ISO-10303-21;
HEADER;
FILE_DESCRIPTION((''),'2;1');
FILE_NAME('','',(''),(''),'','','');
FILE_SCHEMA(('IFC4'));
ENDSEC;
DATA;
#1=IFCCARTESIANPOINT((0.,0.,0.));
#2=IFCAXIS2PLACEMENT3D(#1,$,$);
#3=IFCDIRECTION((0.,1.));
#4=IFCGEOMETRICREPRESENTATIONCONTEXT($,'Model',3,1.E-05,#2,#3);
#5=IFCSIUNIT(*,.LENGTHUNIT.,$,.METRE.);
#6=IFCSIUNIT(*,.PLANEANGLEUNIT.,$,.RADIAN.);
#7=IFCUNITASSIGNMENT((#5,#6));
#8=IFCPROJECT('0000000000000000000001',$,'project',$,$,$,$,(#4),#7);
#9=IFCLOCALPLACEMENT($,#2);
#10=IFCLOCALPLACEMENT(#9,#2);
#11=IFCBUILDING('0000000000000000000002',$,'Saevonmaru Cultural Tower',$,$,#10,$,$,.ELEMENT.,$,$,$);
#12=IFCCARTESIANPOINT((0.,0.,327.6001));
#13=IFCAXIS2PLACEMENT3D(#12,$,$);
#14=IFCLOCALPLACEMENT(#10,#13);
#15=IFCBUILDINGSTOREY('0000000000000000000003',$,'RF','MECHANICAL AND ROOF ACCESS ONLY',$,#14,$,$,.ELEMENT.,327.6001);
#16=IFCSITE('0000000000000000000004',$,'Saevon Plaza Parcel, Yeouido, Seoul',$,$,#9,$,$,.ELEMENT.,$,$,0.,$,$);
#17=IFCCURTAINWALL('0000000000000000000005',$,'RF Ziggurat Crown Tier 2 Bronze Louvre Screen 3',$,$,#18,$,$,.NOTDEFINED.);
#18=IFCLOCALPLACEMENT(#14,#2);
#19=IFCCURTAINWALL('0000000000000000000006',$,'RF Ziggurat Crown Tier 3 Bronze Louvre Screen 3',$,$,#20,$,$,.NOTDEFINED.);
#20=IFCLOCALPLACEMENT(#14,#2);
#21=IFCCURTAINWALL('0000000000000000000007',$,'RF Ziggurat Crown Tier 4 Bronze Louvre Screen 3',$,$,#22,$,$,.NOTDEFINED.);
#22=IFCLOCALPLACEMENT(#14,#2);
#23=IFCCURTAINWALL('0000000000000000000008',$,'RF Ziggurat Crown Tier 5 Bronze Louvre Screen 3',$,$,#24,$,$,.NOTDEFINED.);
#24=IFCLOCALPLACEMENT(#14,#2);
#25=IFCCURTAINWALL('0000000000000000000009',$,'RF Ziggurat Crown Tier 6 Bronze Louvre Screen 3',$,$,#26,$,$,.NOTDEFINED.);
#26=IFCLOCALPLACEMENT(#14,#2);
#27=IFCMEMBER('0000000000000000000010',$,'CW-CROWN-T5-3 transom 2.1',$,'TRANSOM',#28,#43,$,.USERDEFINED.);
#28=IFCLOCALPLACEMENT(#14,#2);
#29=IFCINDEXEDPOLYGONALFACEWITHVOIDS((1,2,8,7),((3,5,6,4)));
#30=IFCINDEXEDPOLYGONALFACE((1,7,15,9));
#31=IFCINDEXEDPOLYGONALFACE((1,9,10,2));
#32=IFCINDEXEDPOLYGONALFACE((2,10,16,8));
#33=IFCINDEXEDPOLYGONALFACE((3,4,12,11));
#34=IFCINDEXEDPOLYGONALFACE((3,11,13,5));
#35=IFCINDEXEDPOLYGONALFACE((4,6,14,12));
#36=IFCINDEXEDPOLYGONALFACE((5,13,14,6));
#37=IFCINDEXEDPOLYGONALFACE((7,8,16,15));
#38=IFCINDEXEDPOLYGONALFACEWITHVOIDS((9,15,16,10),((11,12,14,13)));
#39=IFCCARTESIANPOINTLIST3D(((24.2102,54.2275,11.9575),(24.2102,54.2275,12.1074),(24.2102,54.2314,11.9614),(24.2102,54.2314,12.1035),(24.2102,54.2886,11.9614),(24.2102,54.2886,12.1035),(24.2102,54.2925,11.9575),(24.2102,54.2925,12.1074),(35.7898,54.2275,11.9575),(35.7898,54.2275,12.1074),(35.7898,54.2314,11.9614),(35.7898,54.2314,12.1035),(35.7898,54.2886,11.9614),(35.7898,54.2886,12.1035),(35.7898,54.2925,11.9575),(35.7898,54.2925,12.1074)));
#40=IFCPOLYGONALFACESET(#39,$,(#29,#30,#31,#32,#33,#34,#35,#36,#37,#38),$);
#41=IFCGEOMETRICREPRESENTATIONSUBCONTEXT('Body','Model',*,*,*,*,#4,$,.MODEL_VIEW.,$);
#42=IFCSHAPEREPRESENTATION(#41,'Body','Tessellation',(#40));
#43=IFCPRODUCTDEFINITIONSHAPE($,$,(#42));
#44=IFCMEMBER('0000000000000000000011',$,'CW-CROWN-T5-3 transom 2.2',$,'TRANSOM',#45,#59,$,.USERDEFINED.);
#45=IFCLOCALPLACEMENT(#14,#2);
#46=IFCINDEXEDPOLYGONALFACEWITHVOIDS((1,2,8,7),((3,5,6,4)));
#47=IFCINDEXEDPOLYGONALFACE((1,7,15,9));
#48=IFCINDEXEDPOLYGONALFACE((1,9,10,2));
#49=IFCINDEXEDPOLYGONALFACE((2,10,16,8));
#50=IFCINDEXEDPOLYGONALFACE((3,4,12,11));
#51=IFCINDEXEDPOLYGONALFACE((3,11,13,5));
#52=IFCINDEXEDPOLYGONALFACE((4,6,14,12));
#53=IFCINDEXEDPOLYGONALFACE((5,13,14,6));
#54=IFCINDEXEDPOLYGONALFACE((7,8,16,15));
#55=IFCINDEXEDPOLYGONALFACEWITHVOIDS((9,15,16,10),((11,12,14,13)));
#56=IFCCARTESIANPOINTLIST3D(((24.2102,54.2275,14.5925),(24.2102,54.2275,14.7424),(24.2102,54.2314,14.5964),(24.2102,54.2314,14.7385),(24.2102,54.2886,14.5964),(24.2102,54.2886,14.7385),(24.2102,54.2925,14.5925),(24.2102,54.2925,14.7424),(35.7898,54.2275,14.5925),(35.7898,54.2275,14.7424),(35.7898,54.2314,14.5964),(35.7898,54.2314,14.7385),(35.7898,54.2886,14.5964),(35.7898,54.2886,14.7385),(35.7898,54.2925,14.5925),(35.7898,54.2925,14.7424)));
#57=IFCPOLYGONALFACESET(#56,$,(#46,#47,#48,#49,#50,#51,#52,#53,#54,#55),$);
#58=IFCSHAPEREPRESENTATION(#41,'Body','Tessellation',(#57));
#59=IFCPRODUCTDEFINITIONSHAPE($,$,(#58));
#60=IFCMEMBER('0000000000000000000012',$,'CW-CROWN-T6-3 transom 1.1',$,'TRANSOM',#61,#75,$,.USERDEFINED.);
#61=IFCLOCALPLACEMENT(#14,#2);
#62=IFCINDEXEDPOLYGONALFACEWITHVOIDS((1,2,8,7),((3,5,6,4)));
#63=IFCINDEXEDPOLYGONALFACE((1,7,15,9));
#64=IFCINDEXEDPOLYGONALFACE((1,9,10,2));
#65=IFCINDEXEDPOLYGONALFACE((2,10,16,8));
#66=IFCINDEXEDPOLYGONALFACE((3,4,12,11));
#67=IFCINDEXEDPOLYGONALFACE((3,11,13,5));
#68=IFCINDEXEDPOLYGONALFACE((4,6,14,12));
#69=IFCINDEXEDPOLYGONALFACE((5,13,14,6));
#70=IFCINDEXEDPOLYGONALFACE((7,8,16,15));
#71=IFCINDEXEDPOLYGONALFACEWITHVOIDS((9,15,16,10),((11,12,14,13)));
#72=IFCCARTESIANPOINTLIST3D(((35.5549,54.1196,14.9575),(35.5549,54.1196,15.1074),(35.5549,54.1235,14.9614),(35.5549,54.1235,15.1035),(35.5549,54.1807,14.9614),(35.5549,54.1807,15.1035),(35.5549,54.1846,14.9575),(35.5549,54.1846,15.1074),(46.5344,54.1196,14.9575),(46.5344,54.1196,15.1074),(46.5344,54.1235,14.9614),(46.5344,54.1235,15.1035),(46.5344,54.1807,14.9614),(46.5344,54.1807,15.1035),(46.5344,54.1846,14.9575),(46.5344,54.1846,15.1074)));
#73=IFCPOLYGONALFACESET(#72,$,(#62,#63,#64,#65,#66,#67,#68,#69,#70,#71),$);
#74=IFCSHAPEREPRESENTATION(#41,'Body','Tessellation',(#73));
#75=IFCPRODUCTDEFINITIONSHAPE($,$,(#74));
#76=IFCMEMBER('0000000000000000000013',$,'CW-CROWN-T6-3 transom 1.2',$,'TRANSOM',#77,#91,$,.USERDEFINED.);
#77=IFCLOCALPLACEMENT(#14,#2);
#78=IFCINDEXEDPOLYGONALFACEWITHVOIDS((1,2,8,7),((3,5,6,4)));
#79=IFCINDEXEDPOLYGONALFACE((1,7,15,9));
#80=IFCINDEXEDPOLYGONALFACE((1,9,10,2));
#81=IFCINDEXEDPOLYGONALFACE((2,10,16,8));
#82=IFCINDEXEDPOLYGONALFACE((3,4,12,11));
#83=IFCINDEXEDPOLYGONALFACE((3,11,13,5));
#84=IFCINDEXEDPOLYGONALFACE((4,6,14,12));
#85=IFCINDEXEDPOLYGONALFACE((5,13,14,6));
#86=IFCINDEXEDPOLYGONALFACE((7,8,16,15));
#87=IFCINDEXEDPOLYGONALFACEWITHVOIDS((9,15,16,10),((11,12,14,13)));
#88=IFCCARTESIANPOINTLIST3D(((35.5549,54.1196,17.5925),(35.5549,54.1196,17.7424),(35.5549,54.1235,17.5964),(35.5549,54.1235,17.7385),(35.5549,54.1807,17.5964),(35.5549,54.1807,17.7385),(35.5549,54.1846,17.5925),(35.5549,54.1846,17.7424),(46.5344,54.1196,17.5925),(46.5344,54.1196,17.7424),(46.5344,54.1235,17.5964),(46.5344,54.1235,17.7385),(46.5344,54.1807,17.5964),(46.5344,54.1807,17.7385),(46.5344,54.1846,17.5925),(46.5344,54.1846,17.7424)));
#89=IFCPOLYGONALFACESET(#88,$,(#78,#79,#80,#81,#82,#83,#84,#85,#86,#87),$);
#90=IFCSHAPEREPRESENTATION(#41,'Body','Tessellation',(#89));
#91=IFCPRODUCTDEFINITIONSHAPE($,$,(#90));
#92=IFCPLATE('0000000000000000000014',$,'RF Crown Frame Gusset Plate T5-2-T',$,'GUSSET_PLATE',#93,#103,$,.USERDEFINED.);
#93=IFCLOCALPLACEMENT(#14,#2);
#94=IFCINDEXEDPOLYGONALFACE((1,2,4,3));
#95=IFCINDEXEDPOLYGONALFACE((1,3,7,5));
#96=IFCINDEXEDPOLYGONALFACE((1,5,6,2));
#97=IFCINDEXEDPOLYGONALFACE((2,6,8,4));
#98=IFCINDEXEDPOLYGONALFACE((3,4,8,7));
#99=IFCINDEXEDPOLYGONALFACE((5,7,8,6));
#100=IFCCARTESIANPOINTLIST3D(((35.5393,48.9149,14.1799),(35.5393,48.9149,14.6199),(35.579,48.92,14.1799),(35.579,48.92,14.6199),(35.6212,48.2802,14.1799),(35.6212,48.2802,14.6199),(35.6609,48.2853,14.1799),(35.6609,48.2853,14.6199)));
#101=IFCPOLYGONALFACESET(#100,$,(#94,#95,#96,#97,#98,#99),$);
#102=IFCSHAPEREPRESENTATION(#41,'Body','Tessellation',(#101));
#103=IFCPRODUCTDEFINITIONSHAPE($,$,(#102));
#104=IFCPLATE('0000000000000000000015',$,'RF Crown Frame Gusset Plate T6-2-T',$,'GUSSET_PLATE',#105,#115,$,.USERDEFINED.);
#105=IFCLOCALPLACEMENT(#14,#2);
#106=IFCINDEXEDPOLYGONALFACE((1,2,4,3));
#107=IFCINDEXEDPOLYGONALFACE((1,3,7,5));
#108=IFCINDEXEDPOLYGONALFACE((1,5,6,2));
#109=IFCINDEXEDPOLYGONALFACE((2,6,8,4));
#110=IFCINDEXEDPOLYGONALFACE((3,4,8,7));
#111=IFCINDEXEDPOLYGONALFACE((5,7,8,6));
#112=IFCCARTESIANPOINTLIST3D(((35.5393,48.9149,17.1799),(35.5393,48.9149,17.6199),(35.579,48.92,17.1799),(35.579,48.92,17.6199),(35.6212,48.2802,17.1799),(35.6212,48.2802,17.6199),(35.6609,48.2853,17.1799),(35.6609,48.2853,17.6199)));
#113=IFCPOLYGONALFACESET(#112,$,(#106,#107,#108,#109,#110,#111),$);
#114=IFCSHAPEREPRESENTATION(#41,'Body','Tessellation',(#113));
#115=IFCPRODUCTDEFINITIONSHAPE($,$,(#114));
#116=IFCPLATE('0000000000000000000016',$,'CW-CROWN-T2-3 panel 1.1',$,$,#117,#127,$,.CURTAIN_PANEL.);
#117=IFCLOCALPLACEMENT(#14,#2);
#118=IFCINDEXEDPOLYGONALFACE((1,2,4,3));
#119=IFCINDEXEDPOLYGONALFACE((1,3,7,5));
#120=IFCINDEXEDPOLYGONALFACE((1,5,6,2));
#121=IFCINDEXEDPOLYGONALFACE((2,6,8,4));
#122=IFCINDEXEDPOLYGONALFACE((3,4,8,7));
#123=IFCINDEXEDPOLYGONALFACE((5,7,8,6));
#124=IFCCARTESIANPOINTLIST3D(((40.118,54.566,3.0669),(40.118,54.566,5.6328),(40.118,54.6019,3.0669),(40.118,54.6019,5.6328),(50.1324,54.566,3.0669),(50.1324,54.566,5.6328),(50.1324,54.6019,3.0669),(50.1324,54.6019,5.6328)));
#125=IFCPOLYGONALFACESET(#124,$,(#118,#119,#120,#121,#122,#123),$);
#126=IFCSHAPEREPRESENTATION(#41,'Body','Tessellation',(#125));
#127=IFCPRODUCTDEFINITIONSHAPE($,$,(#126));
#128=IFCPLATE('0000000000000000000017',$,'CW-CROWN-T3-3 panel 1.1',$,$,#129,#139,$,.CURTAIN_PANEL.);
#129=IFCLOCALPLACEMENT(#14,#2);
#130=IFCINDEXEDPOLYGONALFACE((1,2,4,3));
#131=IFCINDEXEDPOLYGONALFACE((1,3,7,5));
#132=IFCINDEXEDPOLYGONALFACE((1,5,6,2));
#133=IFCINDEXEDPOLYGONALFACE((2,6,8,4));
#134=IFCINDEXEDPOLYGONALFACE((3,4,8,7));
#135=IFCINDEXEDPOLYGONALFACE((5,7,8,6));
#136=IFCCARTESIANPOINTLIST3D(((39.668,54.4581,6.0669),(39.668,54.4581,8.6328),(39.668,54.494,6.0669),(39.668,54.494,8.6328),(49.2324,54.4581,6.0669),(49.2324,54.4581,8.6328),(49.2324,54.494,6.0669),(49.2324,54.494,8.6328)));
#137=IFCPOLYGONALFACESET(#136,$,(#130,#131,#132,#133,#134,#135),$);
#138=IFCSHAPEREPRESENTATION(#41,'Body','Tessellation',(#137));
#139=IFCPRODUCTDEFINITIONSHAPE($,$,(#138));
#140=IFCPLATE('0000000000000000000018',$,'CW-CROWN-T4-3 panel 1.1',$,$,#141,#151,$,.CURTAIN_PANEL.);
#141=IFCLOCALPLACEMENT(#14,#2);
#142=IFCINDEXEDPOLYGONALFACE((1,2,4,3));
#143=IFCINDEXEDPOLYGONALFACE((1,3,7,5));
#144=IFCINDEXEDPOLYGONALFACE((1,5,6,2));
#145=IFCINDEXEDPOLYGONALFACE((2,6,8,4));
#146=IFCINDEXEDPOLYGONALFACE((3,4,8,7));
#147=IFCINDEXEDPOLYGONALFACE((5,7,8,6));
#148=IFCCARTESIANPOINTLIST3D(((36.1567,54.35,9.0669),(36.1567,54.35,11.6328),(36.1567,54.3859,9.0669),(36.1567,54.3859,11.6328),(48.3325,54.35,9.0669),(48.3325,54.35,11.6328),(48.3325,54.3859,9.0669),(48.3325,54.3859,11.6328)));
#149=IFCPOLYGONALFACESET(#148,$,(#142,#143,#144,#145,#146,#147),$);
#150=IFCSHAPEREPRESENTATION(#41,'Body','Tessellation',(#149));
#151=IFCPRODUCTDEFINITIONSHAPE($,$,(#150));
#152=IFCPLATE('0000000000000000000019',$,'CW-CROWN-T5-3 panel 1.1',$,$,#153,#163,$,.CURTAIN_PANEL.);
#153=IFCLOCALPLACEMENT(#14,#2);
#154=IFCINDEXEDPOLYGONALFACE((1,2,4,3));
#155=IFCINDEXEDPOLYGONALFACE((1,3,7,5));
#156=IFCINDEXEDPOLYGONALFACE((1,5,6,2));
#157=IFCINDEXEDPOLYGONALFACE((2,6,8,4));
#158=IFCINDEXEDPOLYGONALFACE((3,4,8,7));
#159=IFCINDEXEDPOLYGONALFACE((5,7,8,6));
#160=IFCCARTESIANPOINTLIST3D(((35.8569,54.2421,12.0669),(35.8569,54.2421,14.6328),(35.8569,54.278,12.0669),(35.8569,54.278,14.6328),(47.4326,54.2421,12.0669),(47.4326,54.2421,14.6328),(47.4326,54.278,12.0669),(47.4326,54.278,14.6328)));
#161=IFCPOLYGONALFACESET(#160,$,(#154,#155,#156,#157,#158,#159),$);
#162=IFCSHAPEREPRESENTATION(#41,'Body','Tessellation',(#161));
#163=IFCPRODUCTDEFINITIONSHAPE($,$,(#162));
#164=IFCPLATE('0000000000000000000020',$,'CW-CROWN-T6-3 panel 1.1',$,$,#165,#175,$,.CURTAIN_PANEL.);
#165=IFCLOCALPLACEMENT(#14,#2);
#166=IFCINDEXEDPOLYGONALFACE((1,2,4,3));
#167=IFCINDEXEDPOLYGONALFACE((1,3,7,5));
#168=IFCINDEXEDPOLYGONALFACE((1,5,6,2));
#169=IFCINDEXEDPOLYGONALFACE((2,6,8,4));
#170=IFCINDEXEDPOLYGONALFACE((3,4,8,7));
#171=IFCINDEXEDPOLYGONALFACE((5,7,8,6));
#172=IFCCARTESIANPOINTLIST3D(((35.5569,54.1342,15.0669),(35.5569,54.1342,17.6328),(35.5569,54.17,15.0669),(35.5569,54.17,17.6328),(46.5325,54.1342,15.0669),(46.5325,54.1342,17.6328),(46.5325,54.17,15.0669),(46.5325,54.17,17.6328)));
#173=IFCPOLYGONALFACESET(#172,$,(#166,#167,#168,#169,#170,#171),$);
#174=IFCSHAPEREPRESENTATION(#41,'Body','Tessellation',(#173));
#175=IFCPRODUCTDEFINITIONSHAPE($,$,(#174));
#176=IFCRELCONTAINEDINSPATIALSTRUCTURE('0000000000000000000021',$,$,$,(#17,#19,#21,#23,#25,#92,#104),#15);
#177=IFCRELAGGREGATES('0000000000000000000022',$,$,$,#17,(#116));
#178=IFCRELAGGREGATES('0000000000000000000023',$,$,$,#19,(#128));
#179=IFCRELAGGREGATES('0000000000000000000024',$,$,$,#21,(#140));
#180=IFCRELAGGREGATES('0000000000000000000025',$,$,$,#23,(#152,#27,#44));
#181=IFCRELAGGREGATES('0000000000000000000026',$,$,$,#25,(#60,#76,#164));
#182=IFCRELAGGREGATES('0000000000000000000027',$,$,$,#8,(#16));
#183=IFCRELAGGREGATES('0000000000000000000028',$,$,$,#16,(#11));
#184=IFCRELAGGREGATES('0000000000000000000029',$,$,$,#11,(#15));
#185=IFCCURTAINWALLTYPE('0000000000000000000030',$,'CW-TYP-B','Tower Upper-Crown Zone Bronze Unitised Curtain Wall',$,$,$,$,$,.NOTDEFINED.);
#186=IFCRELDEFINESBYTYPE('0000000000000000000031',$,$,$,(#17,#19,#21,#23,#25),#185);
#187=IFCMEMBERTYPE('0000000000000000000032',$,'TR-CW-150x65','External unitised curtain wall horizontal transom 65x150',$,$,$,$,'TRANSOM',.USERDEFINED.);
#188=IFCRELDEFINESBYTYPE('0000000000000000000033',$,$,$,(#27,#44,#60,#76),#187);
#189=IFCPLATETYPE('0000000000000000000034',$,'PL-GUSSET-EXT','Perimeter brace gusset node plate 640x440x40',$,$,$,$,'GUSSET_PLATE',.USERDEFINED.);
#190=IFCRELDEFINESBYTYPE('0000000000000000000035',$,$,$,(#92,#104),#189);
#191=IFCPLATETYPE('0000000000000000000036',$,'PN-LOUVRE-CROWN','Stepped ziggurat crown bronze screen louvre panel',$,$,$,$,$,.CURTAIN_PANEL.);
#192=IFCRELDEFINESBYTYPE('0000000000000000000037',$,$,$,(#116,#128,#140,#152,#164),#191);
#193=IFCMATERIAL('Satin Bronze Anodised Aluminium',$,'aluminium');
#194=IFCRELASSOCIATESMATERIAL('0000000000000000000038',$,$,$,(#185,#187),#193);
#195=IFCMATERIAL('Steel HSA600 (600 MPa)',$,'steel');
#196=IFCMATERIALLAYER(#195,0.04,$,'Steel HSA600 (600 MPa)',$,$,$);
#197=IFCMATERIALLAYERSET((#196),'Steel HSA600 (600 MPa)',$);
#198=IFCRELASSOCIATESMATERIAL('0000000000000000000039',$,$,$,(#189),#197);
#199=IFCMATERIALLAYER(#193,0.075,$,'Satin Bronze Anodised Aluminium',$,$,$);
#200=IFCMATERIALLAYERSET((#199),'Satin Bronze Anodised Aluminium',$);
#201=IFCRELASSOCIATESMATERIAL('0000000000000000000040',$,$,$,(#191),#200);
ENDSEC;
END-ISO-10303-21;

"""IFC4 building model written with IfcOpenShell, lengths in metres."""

from ifc_helpers import new_model, si_unit, direction, frame, origin, origin_2d, place, context, subcontext, project, spatial, rectangle, hollow_rectangle, extrude, material, layer, layer_set, material_profile, profile_set, type_object, element, aggregate, save


model = new_model("IFC4")

# Units and contexts
model_context = context("Model", 3, precision=1e-05, world=origin(), true_north=direction((0.0, 1.0)))
body_context = subcontext(model_context, "Body", "Model", "MODEL_VIEW")
ifc_project = project(units=[si_unit("LENGTHUNIT", "METRE"), si_unit("PLANEANGLEUNIT", "RADIAN")], contexts=[model_context])

# Site, building, storey
site_placement = place(None, origin())
site = spatial("IfcSite", under=ifc_project, at=site_placement, Name="Saevon Plaza Parcel, Yeouido, Seoul", CompositionType="ELEMENT", RefElevation=0.0)
building_placement = place(site_placement, origin())
building = spatial("IfcBuilding", under=site, at=building_placement, Name="Saevonmaru Cultural Tower", CompositionType="ELEMENT")
storey_placement = place(building_placement, frame((0.0, 0.0, 327.6001)))
storey = spatial("IfcBuildingStorey", under=building, at=storey_placement, Name="RF", Description="MECHANICAL AND ROOF ACCESS ONLY", CompositionType="ELEMENT", Elevation=327.6001)

# Curtain walls
ifc_material_1 = material(Name="Satin Bronze Anodised Aluminium", Category="aluminium")
curtain_wall_type = type_object("IfcCurtainWallType", Name="CW-TYP-B", Description="Tower Upper-Crown Zone Bronze Unitised Curtain Wall", PredefinedType="NOTDEFINED", material=ifc_material_1)
curtain_wall_1_placement = place(storey_placement, origin())
curtain_wall_1 = element("IfcCurtainWall", 1, at=curtain_wall_1_placement, inside=storey, type_object=curtain_wall_type, Name="RF Ziggurat Crown Tier 2 Bronze Louvre Screen 3", PredefinedType="NOTDEFINED")
curtain_wall_2_placement = place(storey_placement, origin())
curtain_wall_2 = element("IfcCurtainWall", 2, at=curtain_wall_2_placement, inside=storey, type_object=curtain_wall_type, Name="RF Ziggurat Crown Tier 3 Bronze Louvre Screen 3", PredefinedType="NOTDEFINED")
curtain_wall_3_placement = place(storey_placement, origin())
curtain_wall_3 = element("IfcCurtainWall", 3, at=curtain_wall_3_placement, inside=storey, type_object=curtain_wall_type, Name="RF Ziggurat Crown Tier 4 Bronze Louvre Screen 3", PredefinedType="NOTDEFINED")
curtain_wall_4_placement = place(storey_placement, origin())
curtain_wall_4 = element("IfcCurtainWall", 4, at=curtain_wall_4_placement, inside=storey, type_object=curtain_wall_type, Name="RF Ziggurat Crown Tier 5 Bronze Louvre Screen 3", PredefinedType="NOTDEFINED")
curtain_wall_5_placement = place(storey_placement, origin())
curtain_wall_5 = element("IfcCurtainWall", 5, at=curtain_wall_5_placement, inside=storey, type_object=curtain_wall_type, Name="RF Ziggurat Crown Tier 6 Bronze Louvre Screen 3", PredefinedType="NOTDEFINED")

# Members
ifc_material_profile_1 = material_profile(ifc_material_1, hollow_rectangle(XDim=0.0649, YDim=0.1499, WallThickness=0.0039, at=origin_2d()), Name="ALU-TRAN-150x65x4")
ifc_profile_set_1 = profile_set([ifc_material_profile_1], Name="Satin Bronze Anodised Aluminium")
member_type_1 = type_object("IfcMemberType", Name="TR-CW-150x65", Description="External unitised curtain wall horizontal transom 65x150", ElementType="TRANSOM", PredefinedType="USERDEFINED", material=ifc_profile_set_1)
member_1_placement = place(storey_placement, frame((35.7898, 54.26, 12.0325), z_axis=(-1.0, 0.0, 0.0), x_axis=(0.0, -1.0, 0.0)))
member_1 = element("IfcMember", 6, at=member_1_placement, type_object=member_type_1, Name="CW-CROWN-T5-3 transom 2.1", ObjectType="TRANSOM", PredefinedType="USERDEFINED", context=body_context, shape_type="SweptSolid", body=[
    extrude(hollow_rectangle(XDim=0.0649, YDim=0.1499, WallThickness=0.0039, at=origin_2d()), origin(), (0.0, 0.0, 1.0), 11.5796),
])
member_2_placement = place(storey_placement, frame((35.7898, 54.26, 14.6675), z_axis=(-1.0, 0.0, 0.0), x_axis=(0.0, -1.0, 0.0)))
member_2 = element("IfcMember", 7, at=member_2_placement, type_object=member_type_1, Name="CW-CROWN-T5-3 transom 2.2", ObjectType="TRANSOM", PredefinedType="USERDEFINED", context=body_context, shape_type="SweptSolid", body=[
    extrude(hollow_rectangle(XDim=0.0649, YDim=0.1499, WallThickness=0.0039, at=origin_2d()), origin(), (0.0, 0.0, 1.0), 11.5796),
])
member_3_placement = place(storey_placement, frame((46.5344, 54.1521, 15.0325), z_axis=(-1.0, 0.0, 0.0), x_axis=(0.0, -1.0, 0.0)))
member_3 = element("IfcMember", 8, at=member_3_placement, type_object=member_type_1, Name="CW-CROWN-T6-3 transom 1.1", ObjectType="TRANSOM", PredefinedType="USERDEFINED", context=body_context, shape_type="SweptSolid", body=[
    extrude(hollow_rectangle(XDim=0.0649, YDim=0.1499, WallThickness=0.0039, at=origin_2d()), origin(), (0.0, 0.0, 1.0), 10.9795),
])
member_4_placement = place(storey_placement, frame((46.5344, 54.1521, 17.6675), z_axis=(-1.0, 0.0, 0.0), x_axis=(0.0, -1.0, 0.0)))
member_4 = element("IfcMember", 9, at=member_4_placement, type_object=member_type_1, Name="CW-CROWN-T6-3 transom 1.2", ObjectType="TRANSOM", PredefinedType="USERDEFINED", context=body_context, shape_type="SweptSolid", body=[
    extrude(hollow_rectangle(XDim=0.0649, YDim=0.1499, WallThickness=0.0039, at=origin_2d()), origin(), (0.0, 0.0, 1.0), 10.9795),
])

# Plates
ifc_material_2 = material(Name="Steel HSA600 (600 MPa)", Category="steel")
ifc_layer_1 = layer(ifc_material_2, 0.04, Name="Steel HSA600 (600 MPa)")
ifc_layer_set_1 = layer_set([ifc_layer_1], Name="Steel HSA600 (600 MPa)")
plate_type_1 = type_object("IfcPlateType", Name="PL-GUSSET-EXT", Description="Perimeter brace gusset node plate 640x440x40", ElementType="GUSSET_PLATE", PredefinedType="USERDEFINED", material=ifc_layer_set_1)
for number, where, z_axis, x_axis, name in (
    (10, (35.6001, 48.6001, 14.1799), (0.0, 0.0, 1.0), (-0.127965, 0.991779, 0.0), "RF Crown Frame Gusset Plate T5-2-T"),
    (11, (35.6001, 48.6001, 17.1799), (0.0, 0.0, 1.0), (-0.127965, 0.991779, 0.0), "RF Crown Frame Gusset Plate T6-2-T"),
):
    element("IfcPlate", number, at=place(storey_placement, frame(where, z_axis=z_axis, x_axis=x_axis)), inside=storey, type_object=plate_type_1, Name=name, ObjectType="GUSSET_PLATE", PredefinedType="USERDEFINED", context=body_context, shape_type="SweptSolid", body=[
        extrude(rectangle(XDim=0.6399, YDim=0.04, at=origin_2d()), origin(), (0.0, 0.0, 1.0), 0.4399),
    ])

# Plates
ifc_layer_2 = layer(ifc_material_1, 0.075, Name="Satin Bronze Anodised Aluminium")
ifc_layer_set_2 = layer_set([ifc_layer_2], Name="Satin Bronze Anodised Aluminium")
plate_type_2 = type_object("IfcPlateType", Name="PN-LOUVRE-CROWN", Description="Stepped ziggurat crown bronze screen louvre panel", PredefinedType="CURTAIN_PANEL", material=ifc_layer_set_2)
plate_1_placement = place(storey_placement, frame((45.1252, 54.584, 3.0669), z_axis=(0.0, 0.0, 1.0), x_axis=(-1.0, 0.0, 0.0)))
plate_1 = element("IfcPlate", 12, at=plate_1_placement, type_object=plate_type_2, Name="CW-CROWN-T2-3 panel 1.1", PredefinedType="CURTAIN_PANEL", context=body_context, shape_type="SweptSolid", body=[
    extrude(rectangle(XDim=10.0144, YDim=0.0359, at=origin_2d()), origin(), (0.0, 0.0, 1.0), 2.5659),
])
aggregate(curtain_wall_1, [plate_1])
plate_2_placement = place(storey_placement, frame((44.4502, 54.4761, 6.0669), z_axis=(0.0, 0.0, 1.0), x_axis=(-1.0, 0.0, 0.0)))
plate_2 = element("IfcPlate", 13, at=plate_2_placement, type_object=plate_type_2, Name="CW-CROWN-T3-3 panel 1.1", PredefinedType="CURTAIN_PANEL", context=body_context, shape_type="SweptSolid", body=[
    extrude(rectangle(XDim=9.5645, YDim=0.0359, at=origin_2d()), origin(), (0.0, 0.0, 1.0), 2.5659),
])
aggregate(curtain_wall_2, [plate_2])
plate_3_placement = place(storey_placement, frame((42.2446, 54.3679, 9.0669), z_axis=(0.0, 0.0, 1.0), x_axis=(-1.0, 0.0, 0.0)))
plate_3 = element("IfcPlate", 14, at=plate_3_placement, type_object=plate_type_2, Name="CW-CROWN-T4-3 panel 1.1", PredefinedType="CURTAIN_PANEL", context=body_context, shape_type="SweptSolid", body=[
    extrude(rectangle(XDim=12.1758, YDim=0.0359, at=origin_2d()), origin(), (0.0, 0.0, 1.0), 2.5659),
])
aggregate(curtain_wall_3, [plate_3])
plate_4_placement = place(storey_placement, frame((41.6448, 54.26, 12.0669), z_axis=(0.0, 0.0, 1.0), x_axis=(-1.0, 0.0, 0.0)))
plate_4 = element("IfcPlate", 15, at=plate_4_placement, type_object=plate_type_2, Name="CW-CROWN-T5-3 panel 1.1", PredefinedType="CURTAIN_PANEL", context=body_context, shape_type="SweptSolid", body=[
    extrude(rectangle(XDim=11.5757, YDim=0.0359, at=origin_2d()), origin(), (0.0, 0.0, 1.0), 2.5659),
])
aggregate(curtain_wall_4, [plate_4, member_1, member_2])
plate_5_placement = place(storey_placement, frame((41.0447, 54.1521, 15.0669), z_axis=(0.0, 0.0, 1.0), x_axis=(-1.0, 0.0, 0.0)))
plate_5 = element("IfcPlate", 16, at=plate_5_placement, type_object=plate_type_2, Name="CW-CROWN-T6-3 panel 1.1", PredefinedType="CURTAIN_PANEL", context=body_context, shape_type="SweptSolid", body=[
    extrude(rectangle(XDim=10.9756, YDim=0.0359, at=origin_2d()), origin(), (0.0, 0.0, 1.0), 2.5659),
])
aggregate(curtain_wall_5, [member_3, member_4, plate_5])

save(model, "model.ifc")
